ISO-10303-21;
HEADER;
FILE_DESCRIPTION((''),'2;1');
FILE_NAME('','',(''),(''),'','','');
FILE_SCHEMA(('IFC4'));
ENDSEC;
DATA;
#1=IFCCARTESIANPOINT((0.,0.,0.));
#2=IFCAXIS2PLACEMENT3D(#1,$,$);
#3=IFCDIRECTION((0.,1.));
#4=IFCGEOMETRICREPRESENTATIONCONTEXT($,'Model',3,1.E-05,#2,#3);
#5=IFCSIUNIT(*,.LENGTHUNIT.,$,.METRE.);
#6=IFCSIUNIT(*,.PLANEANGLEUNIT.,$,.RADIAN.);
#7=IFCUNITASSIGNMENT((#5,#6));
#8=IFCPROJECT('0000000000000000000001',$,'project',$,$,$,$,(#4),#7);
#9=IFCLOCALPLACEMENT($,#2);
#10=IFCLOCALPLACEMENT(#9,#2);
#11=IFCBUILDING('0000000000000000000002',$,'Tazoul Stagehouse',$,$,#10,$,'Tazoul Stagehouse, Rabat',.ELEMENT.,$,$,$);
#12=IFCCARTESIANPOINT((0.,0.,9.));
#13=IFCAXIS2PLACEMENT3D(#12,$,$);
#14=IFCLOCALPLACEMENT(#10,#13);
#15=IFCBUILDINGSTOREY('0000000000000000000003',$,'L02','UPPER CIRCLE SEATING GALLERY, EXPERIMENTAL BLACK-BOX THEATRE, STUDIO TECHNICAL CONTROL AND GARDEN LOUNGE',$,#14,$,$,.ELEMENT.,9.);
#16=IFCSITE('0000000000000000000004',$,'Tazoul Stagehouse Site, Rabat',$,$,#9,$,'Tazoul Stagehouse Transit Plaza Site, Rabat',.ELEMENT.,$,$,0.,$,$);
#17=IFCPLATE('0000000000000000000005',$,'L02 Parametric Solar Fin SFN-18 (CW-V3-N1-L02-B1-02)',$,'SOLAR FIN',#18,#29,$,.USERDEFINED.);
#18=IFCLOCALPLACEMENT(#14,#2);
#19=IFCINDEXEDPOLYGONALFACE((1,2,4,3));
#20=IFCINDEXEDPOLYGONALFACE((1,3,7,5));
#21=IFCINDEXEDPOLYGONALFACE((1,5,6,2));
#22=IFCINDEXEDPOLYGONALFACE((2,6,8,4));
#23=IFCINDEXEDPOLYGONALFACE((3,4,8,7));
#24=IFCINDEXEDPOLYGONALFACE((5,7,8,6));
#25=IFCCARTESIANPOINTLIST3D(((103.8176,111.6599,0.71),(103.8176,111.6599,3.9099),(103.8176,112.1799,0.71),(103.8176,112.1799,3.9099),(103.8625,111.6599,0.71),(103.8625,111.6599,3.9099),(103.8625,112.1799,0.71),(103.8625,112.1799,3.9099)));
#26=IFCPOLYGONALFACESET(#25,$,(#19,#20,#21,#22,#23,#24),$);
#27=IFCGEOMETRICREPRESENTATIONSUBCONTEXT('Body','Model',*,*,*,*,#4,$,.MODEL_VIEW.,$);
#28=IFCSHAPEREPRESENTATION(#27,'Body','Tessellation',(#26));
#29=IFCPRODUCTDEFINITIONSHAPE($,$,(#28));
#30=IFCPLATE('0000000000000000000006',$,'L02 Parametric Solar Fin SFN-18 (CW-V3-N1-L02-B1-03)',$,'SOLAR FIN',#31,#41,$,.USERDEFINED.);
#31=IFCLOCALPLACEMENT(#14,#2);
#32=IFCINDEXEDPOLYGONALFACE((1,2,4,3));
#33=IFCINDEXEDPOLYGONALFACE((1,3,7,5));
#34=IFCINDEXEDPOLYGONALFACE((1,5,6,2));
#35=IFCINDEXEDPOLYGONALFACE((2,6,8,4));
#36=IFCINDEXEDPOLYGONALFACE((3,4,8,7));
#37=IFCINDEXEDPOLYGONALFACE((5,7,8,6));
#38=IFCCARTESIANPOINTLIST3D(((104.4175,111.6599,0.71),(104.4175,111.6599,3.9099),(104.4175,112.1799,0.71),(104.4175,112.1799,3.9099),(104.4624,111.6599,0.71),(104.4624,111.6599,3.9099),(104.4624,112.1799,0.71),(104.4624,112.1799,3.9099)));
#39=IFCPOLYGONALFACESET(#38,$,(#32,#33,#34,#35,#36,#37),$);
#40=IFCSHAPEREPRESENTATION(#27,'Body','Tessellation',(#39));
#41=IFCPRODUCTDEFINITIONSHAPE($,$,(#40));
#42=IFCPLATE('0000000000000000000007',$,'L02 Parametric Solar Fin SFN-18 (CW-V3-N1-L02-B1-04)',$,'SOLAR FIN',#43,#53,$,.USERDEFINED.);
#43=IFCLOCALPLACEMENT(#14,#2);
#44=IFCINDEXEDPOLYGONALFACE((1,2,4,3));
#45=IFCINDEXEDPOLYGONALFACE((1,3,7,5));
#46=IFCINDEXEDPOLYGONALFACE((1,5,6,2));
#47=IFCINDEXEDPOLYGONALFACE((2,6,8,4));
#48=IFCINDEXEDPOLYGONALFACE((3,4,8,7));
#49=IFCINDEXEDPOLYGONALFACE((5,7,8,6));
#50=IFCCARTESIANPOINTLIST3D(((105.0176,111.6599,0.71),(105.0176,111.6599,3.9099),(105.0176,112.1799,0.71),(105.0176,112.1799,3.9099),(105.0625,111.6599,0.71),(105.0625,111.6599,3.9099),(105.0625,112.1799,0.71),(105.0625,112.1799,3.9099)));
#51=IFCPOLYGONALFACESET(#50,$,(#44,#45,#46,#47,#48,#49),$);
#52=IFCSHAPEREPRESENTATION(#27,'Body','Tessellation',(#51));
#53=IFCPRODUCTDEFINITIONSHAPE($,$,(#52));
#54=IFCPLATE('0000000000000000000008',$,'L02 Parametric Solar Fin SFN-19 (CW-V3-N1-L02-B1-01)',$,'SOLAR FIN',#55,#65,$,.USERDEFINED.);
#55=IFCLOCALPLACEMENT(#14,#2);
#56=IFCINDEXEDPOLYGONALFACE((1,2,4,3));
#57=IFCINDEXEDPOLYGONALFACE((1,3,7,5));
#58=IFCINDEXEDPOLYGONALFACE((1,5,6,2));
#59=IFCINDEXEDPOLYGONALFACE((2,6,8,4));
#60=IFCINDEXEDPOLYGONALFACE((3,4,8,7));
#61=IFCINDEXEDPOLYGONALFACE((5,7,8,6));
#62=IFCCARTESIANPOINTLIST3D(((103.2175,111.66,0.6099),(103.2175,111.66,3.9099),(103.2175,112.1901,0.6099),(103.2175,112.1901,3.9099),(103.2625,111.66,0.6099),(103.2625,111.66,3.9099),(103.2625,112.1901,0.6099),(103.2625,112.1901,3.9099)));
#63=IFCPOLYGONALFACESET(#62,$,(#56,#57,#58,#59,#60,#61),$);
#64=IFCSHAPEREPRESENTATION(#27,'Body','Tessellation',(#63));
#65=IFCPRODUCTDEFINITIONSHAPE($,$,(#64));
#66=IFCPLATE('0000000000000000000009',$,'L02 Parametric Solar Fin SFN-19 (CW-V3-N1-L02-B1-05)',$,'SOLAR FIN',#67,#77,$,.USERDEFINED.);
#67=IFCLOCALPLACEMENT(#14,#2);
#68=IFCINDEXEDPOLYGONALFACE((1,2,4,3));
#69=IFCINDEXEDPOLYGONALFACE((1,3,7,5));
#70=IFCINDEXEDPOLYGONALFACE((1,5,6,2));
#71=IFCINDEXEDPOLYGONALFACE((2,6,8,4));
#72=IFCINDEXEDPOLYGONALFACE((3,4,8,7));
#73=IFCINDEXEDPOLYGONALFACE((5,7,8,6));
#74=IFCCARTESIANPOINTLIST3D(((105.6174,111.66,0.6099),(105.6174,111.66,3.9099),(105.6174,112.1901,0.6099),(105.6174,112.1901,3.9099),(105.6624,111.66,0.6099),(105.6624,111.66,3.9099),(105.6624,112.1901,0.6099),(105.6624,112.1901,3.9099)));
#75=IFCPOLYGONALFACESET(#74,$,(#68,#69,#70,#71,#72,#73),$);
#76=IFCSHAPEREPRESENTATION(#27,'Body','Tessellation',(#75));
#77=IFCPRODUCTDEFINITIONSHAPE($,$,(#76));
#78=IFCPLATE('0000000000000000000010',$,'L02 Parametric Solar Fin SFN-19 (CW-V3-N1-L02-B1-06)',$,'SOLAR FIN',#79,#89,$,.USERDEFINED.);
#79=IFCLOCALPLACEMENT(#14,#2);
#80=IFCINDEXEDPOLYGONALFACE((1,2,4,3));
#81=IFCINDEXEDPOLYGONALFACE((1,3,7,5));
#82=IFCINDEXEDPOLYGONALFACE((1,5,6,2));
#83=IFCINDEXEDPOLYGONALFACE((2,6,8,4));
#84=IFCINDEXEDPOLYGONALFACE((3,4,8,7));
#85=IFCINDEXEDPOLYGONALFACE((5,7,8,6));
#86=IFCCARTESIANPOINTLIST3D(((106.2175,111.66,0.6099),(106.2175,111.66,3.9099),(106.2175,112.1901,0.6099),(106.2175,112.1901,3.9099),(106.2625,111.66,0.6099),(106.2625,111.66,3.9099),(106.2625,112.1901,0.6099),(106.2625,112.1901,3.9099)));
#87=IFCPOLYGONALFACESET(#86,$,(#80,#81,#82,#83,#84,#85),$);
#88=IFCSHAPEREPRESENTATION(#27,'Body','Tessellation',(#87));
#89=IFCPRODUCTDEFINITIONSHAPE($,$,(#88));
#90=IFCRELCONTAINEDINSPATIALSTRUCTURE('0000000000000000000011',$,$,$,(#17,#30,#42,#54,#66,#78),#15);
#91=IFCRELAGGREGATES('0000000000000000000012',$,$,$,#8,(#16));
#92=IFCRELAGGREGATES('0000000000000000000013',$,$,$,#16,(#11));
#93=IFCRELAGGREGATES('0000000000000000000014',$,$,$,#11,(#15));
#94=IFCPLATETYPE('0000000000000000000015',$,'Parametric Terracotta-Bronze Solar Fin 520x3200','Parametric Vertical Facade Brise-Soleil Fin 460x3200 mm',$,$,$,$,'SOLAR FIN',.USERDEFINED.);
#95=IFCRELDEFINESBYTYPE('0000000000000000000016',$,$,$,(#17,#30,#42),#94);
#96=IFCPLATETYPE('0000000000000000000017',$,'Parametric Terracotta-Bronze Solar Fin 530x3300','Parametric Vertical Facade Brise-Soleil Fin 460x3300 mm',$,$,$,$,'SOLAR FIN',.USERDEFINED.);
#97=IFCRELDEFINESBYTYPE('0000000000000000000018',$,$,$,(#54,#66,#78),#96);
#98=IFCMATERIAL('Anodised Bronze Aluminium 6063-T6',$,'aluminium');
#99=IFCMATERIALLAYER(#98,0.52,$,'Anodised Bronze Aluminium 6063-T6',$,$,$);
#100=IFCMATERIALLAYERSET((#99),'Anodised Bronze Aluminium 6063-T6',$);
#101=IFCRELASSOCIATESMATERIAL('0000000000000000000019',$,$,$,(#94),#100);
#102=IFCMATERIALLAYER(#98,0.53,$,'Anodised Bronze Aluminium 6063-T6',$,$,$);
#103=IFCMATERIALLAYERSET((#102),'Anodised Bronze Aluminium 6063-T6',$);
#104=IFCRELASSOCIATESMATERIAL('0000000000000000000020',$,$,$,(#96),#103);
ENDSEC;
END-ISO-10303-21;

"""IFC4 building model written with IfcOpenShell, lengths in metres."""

from ifc_helpers import new_model, si_unit, direction, frame, origin, origin_2d, place, context, subcontext, project, spatial, rectangle, extrude, material, layer, layer_set, type_object, element, save


model = new_model("IFC4")

# Units and contexts
model_context = context("Model", 3, precision=1e-05, world=origin(), true_north=direction((0.0, 1.0)))
body_context = subcontext(model_context, "Body", "Model", "MODEL_VIEW")
ifc_project = project(units=[si_unit("LENGTHUNIT", "METRE"), si_unit("PLANEANGLEUNIT", "RADIAN")], contexts=[model_context])

# Site, building, storey
site_placement = place(None, origin())
site = spatial("IfcSite", under=ifc_project, at=site_placement, Name="Tazoul Stagehouse Site, Rabat", LongName="Tazoul Stagehouse Transit Plaza Site, Rabat", CompositionType="ELEMENT", RefElevation=0.0)
building_placement = place(site_placement, origin())
building = spatial("IfcBuilding", under=site, at=building_placement, Name="Tazoul Stagehouse", LongName="Tazoul Stagehouse, Rabat", CompositionType="ELEMENT")
storey_placement = place(building_placement, frame((0.0, 0.0, 9.0)))
storey = spatial("IfcBuildingStorey", under=building, at=storey_placement, Name="L02", Description="UPPER CIRCLE SEATING GALLERY, EXPERIMENTAL BLACK-BOX THEATRE, STUDIO TECHNICAL CONTROL AND GARDEN LOUNGE", CompositionType="ELEMENT", Elevation=9.0)

# Plates
ifc_material = material(Name="Anodised Bronze Aluminium 6063-T6", Category="aluminium")
ifc_layer_1 = layer(ifc_material, 0.52, Name="Anodised Bronze Aluminium 6063-T6")
ifc_layer_set_1 = layer_set([ifc_layer_1], Name="Anodised Bronze Aluminium 6063-T6")
plate_type_1 = type_object("IfcPlateType", Name="Parametric Terracotta-Bronze Solar Fin 520x3200", Description="Parametric Vertical Facade Brise-Soleil Fin 460x3200 mm", ElementType="SOLAR FIN", PredefinedType="USERDEFINED", material=ifc_layer_set_1)
for number, where, z_axis, x_axis, name in (
    (1, (103.8401, 111.9199, 0.71), (0.0, 0.0, 1.0), (1.0, 0.0, 0.0), "L02 Parametric Solar Fin SFN-18 (CW-V3-N1-L02-B1-02)"),
    (2, (104.4399, 111.9199, 0.71), (0.0, 0.0, 1.0), (1.0, 0.0, 0.0), "L02 Parametric Solar Fin SFN-18 (CW-V3-N1-L02-B1-03)"),
    (3, (105.04, 111.9199, 0.71), (0.0, 0.0, 1.0), (1.0, 0.0, 0.0), "L02 Parametric Solar Fin SFN-18 (CW-V3-N1-L02-B1-04)"),
):
    element("IfcPlate", number, at=place(storey_placement, frame(where, z_axis=z_axis, x_axis=x_axis)), inside=storey, type_object=plate_type_1, Name=name, ObjectType="SOLAR FIN", PredefinedType="USERDEFINED", context=body_context, shape_type="SweptSolid", body=[
        extrude(rectangle(XDim=0.0449, YDim=0.52, at=origin_2d()), origin(), (0.0, 0.0, 1.0), 3.2),
    ])
ifc_layer_2 = layer(ifc_material, 0.53, Name="Anodised Bronze Aluminium 6063-T6")
ifc_layer_set_2 = layer_set([ifc_layer_2], Name="Anodised Bronze Aluminium 6063-T6")
plate_type_2 = type_object("IfcPlateType", Name="Parametric Terracotta-Bronze Solar Fin 530x3300", Description="Parametric Vertical Facade Brise-Soleil Fin 460x3300 mm", ElementType="SOLAR FIN", PredefinedType="USERDEFINED", material=ifc_layer_set_2)
for number, where, z_axis, x_axis, name in (
    (4, (103.24, 111.925, 0.6099), (0.0, 0.0, 1.0), (1.0, 0.0, 0.0), "L02 Parametric Solar Fin SFN-19 (CW-V3-N1-L02-B1-01)"),
    (5, (105.6399, 111.925, 0.6099), (0.0, 0.0, 1.0), (1.0, 0.0, 0.0), "L02 Parametric Solar Fin SFN-19 (CW-V3-N1-L02-B1-05)"),
    (6, (106.24, 111.925, 0.6099), (0.0, 0.0, 1.0), (1.0, 0.0, 0.0), "L02 Parametric Solar Fin SFN-19 (CW-V3-N1-L02-B1-06)"),
):
    element("IfcPlate", number, at=place(storey_placement, frame(where, z_axis=z_axis, x_axis=x_axis)), inside=storey, type_object=plate_type_2, Name=name, ObjectType="SOLAR FIN", PredefinedType="USERDEFINED", context=body_context, shape_type="SweptSolid", body=[
        extrude(rectangle(XDim=0.0449, YDim=0.53, at=origin_2d()), origin(), (0.0, 0.0, 1.0), 3.3),
    ])

save(model, "model.ifc")
